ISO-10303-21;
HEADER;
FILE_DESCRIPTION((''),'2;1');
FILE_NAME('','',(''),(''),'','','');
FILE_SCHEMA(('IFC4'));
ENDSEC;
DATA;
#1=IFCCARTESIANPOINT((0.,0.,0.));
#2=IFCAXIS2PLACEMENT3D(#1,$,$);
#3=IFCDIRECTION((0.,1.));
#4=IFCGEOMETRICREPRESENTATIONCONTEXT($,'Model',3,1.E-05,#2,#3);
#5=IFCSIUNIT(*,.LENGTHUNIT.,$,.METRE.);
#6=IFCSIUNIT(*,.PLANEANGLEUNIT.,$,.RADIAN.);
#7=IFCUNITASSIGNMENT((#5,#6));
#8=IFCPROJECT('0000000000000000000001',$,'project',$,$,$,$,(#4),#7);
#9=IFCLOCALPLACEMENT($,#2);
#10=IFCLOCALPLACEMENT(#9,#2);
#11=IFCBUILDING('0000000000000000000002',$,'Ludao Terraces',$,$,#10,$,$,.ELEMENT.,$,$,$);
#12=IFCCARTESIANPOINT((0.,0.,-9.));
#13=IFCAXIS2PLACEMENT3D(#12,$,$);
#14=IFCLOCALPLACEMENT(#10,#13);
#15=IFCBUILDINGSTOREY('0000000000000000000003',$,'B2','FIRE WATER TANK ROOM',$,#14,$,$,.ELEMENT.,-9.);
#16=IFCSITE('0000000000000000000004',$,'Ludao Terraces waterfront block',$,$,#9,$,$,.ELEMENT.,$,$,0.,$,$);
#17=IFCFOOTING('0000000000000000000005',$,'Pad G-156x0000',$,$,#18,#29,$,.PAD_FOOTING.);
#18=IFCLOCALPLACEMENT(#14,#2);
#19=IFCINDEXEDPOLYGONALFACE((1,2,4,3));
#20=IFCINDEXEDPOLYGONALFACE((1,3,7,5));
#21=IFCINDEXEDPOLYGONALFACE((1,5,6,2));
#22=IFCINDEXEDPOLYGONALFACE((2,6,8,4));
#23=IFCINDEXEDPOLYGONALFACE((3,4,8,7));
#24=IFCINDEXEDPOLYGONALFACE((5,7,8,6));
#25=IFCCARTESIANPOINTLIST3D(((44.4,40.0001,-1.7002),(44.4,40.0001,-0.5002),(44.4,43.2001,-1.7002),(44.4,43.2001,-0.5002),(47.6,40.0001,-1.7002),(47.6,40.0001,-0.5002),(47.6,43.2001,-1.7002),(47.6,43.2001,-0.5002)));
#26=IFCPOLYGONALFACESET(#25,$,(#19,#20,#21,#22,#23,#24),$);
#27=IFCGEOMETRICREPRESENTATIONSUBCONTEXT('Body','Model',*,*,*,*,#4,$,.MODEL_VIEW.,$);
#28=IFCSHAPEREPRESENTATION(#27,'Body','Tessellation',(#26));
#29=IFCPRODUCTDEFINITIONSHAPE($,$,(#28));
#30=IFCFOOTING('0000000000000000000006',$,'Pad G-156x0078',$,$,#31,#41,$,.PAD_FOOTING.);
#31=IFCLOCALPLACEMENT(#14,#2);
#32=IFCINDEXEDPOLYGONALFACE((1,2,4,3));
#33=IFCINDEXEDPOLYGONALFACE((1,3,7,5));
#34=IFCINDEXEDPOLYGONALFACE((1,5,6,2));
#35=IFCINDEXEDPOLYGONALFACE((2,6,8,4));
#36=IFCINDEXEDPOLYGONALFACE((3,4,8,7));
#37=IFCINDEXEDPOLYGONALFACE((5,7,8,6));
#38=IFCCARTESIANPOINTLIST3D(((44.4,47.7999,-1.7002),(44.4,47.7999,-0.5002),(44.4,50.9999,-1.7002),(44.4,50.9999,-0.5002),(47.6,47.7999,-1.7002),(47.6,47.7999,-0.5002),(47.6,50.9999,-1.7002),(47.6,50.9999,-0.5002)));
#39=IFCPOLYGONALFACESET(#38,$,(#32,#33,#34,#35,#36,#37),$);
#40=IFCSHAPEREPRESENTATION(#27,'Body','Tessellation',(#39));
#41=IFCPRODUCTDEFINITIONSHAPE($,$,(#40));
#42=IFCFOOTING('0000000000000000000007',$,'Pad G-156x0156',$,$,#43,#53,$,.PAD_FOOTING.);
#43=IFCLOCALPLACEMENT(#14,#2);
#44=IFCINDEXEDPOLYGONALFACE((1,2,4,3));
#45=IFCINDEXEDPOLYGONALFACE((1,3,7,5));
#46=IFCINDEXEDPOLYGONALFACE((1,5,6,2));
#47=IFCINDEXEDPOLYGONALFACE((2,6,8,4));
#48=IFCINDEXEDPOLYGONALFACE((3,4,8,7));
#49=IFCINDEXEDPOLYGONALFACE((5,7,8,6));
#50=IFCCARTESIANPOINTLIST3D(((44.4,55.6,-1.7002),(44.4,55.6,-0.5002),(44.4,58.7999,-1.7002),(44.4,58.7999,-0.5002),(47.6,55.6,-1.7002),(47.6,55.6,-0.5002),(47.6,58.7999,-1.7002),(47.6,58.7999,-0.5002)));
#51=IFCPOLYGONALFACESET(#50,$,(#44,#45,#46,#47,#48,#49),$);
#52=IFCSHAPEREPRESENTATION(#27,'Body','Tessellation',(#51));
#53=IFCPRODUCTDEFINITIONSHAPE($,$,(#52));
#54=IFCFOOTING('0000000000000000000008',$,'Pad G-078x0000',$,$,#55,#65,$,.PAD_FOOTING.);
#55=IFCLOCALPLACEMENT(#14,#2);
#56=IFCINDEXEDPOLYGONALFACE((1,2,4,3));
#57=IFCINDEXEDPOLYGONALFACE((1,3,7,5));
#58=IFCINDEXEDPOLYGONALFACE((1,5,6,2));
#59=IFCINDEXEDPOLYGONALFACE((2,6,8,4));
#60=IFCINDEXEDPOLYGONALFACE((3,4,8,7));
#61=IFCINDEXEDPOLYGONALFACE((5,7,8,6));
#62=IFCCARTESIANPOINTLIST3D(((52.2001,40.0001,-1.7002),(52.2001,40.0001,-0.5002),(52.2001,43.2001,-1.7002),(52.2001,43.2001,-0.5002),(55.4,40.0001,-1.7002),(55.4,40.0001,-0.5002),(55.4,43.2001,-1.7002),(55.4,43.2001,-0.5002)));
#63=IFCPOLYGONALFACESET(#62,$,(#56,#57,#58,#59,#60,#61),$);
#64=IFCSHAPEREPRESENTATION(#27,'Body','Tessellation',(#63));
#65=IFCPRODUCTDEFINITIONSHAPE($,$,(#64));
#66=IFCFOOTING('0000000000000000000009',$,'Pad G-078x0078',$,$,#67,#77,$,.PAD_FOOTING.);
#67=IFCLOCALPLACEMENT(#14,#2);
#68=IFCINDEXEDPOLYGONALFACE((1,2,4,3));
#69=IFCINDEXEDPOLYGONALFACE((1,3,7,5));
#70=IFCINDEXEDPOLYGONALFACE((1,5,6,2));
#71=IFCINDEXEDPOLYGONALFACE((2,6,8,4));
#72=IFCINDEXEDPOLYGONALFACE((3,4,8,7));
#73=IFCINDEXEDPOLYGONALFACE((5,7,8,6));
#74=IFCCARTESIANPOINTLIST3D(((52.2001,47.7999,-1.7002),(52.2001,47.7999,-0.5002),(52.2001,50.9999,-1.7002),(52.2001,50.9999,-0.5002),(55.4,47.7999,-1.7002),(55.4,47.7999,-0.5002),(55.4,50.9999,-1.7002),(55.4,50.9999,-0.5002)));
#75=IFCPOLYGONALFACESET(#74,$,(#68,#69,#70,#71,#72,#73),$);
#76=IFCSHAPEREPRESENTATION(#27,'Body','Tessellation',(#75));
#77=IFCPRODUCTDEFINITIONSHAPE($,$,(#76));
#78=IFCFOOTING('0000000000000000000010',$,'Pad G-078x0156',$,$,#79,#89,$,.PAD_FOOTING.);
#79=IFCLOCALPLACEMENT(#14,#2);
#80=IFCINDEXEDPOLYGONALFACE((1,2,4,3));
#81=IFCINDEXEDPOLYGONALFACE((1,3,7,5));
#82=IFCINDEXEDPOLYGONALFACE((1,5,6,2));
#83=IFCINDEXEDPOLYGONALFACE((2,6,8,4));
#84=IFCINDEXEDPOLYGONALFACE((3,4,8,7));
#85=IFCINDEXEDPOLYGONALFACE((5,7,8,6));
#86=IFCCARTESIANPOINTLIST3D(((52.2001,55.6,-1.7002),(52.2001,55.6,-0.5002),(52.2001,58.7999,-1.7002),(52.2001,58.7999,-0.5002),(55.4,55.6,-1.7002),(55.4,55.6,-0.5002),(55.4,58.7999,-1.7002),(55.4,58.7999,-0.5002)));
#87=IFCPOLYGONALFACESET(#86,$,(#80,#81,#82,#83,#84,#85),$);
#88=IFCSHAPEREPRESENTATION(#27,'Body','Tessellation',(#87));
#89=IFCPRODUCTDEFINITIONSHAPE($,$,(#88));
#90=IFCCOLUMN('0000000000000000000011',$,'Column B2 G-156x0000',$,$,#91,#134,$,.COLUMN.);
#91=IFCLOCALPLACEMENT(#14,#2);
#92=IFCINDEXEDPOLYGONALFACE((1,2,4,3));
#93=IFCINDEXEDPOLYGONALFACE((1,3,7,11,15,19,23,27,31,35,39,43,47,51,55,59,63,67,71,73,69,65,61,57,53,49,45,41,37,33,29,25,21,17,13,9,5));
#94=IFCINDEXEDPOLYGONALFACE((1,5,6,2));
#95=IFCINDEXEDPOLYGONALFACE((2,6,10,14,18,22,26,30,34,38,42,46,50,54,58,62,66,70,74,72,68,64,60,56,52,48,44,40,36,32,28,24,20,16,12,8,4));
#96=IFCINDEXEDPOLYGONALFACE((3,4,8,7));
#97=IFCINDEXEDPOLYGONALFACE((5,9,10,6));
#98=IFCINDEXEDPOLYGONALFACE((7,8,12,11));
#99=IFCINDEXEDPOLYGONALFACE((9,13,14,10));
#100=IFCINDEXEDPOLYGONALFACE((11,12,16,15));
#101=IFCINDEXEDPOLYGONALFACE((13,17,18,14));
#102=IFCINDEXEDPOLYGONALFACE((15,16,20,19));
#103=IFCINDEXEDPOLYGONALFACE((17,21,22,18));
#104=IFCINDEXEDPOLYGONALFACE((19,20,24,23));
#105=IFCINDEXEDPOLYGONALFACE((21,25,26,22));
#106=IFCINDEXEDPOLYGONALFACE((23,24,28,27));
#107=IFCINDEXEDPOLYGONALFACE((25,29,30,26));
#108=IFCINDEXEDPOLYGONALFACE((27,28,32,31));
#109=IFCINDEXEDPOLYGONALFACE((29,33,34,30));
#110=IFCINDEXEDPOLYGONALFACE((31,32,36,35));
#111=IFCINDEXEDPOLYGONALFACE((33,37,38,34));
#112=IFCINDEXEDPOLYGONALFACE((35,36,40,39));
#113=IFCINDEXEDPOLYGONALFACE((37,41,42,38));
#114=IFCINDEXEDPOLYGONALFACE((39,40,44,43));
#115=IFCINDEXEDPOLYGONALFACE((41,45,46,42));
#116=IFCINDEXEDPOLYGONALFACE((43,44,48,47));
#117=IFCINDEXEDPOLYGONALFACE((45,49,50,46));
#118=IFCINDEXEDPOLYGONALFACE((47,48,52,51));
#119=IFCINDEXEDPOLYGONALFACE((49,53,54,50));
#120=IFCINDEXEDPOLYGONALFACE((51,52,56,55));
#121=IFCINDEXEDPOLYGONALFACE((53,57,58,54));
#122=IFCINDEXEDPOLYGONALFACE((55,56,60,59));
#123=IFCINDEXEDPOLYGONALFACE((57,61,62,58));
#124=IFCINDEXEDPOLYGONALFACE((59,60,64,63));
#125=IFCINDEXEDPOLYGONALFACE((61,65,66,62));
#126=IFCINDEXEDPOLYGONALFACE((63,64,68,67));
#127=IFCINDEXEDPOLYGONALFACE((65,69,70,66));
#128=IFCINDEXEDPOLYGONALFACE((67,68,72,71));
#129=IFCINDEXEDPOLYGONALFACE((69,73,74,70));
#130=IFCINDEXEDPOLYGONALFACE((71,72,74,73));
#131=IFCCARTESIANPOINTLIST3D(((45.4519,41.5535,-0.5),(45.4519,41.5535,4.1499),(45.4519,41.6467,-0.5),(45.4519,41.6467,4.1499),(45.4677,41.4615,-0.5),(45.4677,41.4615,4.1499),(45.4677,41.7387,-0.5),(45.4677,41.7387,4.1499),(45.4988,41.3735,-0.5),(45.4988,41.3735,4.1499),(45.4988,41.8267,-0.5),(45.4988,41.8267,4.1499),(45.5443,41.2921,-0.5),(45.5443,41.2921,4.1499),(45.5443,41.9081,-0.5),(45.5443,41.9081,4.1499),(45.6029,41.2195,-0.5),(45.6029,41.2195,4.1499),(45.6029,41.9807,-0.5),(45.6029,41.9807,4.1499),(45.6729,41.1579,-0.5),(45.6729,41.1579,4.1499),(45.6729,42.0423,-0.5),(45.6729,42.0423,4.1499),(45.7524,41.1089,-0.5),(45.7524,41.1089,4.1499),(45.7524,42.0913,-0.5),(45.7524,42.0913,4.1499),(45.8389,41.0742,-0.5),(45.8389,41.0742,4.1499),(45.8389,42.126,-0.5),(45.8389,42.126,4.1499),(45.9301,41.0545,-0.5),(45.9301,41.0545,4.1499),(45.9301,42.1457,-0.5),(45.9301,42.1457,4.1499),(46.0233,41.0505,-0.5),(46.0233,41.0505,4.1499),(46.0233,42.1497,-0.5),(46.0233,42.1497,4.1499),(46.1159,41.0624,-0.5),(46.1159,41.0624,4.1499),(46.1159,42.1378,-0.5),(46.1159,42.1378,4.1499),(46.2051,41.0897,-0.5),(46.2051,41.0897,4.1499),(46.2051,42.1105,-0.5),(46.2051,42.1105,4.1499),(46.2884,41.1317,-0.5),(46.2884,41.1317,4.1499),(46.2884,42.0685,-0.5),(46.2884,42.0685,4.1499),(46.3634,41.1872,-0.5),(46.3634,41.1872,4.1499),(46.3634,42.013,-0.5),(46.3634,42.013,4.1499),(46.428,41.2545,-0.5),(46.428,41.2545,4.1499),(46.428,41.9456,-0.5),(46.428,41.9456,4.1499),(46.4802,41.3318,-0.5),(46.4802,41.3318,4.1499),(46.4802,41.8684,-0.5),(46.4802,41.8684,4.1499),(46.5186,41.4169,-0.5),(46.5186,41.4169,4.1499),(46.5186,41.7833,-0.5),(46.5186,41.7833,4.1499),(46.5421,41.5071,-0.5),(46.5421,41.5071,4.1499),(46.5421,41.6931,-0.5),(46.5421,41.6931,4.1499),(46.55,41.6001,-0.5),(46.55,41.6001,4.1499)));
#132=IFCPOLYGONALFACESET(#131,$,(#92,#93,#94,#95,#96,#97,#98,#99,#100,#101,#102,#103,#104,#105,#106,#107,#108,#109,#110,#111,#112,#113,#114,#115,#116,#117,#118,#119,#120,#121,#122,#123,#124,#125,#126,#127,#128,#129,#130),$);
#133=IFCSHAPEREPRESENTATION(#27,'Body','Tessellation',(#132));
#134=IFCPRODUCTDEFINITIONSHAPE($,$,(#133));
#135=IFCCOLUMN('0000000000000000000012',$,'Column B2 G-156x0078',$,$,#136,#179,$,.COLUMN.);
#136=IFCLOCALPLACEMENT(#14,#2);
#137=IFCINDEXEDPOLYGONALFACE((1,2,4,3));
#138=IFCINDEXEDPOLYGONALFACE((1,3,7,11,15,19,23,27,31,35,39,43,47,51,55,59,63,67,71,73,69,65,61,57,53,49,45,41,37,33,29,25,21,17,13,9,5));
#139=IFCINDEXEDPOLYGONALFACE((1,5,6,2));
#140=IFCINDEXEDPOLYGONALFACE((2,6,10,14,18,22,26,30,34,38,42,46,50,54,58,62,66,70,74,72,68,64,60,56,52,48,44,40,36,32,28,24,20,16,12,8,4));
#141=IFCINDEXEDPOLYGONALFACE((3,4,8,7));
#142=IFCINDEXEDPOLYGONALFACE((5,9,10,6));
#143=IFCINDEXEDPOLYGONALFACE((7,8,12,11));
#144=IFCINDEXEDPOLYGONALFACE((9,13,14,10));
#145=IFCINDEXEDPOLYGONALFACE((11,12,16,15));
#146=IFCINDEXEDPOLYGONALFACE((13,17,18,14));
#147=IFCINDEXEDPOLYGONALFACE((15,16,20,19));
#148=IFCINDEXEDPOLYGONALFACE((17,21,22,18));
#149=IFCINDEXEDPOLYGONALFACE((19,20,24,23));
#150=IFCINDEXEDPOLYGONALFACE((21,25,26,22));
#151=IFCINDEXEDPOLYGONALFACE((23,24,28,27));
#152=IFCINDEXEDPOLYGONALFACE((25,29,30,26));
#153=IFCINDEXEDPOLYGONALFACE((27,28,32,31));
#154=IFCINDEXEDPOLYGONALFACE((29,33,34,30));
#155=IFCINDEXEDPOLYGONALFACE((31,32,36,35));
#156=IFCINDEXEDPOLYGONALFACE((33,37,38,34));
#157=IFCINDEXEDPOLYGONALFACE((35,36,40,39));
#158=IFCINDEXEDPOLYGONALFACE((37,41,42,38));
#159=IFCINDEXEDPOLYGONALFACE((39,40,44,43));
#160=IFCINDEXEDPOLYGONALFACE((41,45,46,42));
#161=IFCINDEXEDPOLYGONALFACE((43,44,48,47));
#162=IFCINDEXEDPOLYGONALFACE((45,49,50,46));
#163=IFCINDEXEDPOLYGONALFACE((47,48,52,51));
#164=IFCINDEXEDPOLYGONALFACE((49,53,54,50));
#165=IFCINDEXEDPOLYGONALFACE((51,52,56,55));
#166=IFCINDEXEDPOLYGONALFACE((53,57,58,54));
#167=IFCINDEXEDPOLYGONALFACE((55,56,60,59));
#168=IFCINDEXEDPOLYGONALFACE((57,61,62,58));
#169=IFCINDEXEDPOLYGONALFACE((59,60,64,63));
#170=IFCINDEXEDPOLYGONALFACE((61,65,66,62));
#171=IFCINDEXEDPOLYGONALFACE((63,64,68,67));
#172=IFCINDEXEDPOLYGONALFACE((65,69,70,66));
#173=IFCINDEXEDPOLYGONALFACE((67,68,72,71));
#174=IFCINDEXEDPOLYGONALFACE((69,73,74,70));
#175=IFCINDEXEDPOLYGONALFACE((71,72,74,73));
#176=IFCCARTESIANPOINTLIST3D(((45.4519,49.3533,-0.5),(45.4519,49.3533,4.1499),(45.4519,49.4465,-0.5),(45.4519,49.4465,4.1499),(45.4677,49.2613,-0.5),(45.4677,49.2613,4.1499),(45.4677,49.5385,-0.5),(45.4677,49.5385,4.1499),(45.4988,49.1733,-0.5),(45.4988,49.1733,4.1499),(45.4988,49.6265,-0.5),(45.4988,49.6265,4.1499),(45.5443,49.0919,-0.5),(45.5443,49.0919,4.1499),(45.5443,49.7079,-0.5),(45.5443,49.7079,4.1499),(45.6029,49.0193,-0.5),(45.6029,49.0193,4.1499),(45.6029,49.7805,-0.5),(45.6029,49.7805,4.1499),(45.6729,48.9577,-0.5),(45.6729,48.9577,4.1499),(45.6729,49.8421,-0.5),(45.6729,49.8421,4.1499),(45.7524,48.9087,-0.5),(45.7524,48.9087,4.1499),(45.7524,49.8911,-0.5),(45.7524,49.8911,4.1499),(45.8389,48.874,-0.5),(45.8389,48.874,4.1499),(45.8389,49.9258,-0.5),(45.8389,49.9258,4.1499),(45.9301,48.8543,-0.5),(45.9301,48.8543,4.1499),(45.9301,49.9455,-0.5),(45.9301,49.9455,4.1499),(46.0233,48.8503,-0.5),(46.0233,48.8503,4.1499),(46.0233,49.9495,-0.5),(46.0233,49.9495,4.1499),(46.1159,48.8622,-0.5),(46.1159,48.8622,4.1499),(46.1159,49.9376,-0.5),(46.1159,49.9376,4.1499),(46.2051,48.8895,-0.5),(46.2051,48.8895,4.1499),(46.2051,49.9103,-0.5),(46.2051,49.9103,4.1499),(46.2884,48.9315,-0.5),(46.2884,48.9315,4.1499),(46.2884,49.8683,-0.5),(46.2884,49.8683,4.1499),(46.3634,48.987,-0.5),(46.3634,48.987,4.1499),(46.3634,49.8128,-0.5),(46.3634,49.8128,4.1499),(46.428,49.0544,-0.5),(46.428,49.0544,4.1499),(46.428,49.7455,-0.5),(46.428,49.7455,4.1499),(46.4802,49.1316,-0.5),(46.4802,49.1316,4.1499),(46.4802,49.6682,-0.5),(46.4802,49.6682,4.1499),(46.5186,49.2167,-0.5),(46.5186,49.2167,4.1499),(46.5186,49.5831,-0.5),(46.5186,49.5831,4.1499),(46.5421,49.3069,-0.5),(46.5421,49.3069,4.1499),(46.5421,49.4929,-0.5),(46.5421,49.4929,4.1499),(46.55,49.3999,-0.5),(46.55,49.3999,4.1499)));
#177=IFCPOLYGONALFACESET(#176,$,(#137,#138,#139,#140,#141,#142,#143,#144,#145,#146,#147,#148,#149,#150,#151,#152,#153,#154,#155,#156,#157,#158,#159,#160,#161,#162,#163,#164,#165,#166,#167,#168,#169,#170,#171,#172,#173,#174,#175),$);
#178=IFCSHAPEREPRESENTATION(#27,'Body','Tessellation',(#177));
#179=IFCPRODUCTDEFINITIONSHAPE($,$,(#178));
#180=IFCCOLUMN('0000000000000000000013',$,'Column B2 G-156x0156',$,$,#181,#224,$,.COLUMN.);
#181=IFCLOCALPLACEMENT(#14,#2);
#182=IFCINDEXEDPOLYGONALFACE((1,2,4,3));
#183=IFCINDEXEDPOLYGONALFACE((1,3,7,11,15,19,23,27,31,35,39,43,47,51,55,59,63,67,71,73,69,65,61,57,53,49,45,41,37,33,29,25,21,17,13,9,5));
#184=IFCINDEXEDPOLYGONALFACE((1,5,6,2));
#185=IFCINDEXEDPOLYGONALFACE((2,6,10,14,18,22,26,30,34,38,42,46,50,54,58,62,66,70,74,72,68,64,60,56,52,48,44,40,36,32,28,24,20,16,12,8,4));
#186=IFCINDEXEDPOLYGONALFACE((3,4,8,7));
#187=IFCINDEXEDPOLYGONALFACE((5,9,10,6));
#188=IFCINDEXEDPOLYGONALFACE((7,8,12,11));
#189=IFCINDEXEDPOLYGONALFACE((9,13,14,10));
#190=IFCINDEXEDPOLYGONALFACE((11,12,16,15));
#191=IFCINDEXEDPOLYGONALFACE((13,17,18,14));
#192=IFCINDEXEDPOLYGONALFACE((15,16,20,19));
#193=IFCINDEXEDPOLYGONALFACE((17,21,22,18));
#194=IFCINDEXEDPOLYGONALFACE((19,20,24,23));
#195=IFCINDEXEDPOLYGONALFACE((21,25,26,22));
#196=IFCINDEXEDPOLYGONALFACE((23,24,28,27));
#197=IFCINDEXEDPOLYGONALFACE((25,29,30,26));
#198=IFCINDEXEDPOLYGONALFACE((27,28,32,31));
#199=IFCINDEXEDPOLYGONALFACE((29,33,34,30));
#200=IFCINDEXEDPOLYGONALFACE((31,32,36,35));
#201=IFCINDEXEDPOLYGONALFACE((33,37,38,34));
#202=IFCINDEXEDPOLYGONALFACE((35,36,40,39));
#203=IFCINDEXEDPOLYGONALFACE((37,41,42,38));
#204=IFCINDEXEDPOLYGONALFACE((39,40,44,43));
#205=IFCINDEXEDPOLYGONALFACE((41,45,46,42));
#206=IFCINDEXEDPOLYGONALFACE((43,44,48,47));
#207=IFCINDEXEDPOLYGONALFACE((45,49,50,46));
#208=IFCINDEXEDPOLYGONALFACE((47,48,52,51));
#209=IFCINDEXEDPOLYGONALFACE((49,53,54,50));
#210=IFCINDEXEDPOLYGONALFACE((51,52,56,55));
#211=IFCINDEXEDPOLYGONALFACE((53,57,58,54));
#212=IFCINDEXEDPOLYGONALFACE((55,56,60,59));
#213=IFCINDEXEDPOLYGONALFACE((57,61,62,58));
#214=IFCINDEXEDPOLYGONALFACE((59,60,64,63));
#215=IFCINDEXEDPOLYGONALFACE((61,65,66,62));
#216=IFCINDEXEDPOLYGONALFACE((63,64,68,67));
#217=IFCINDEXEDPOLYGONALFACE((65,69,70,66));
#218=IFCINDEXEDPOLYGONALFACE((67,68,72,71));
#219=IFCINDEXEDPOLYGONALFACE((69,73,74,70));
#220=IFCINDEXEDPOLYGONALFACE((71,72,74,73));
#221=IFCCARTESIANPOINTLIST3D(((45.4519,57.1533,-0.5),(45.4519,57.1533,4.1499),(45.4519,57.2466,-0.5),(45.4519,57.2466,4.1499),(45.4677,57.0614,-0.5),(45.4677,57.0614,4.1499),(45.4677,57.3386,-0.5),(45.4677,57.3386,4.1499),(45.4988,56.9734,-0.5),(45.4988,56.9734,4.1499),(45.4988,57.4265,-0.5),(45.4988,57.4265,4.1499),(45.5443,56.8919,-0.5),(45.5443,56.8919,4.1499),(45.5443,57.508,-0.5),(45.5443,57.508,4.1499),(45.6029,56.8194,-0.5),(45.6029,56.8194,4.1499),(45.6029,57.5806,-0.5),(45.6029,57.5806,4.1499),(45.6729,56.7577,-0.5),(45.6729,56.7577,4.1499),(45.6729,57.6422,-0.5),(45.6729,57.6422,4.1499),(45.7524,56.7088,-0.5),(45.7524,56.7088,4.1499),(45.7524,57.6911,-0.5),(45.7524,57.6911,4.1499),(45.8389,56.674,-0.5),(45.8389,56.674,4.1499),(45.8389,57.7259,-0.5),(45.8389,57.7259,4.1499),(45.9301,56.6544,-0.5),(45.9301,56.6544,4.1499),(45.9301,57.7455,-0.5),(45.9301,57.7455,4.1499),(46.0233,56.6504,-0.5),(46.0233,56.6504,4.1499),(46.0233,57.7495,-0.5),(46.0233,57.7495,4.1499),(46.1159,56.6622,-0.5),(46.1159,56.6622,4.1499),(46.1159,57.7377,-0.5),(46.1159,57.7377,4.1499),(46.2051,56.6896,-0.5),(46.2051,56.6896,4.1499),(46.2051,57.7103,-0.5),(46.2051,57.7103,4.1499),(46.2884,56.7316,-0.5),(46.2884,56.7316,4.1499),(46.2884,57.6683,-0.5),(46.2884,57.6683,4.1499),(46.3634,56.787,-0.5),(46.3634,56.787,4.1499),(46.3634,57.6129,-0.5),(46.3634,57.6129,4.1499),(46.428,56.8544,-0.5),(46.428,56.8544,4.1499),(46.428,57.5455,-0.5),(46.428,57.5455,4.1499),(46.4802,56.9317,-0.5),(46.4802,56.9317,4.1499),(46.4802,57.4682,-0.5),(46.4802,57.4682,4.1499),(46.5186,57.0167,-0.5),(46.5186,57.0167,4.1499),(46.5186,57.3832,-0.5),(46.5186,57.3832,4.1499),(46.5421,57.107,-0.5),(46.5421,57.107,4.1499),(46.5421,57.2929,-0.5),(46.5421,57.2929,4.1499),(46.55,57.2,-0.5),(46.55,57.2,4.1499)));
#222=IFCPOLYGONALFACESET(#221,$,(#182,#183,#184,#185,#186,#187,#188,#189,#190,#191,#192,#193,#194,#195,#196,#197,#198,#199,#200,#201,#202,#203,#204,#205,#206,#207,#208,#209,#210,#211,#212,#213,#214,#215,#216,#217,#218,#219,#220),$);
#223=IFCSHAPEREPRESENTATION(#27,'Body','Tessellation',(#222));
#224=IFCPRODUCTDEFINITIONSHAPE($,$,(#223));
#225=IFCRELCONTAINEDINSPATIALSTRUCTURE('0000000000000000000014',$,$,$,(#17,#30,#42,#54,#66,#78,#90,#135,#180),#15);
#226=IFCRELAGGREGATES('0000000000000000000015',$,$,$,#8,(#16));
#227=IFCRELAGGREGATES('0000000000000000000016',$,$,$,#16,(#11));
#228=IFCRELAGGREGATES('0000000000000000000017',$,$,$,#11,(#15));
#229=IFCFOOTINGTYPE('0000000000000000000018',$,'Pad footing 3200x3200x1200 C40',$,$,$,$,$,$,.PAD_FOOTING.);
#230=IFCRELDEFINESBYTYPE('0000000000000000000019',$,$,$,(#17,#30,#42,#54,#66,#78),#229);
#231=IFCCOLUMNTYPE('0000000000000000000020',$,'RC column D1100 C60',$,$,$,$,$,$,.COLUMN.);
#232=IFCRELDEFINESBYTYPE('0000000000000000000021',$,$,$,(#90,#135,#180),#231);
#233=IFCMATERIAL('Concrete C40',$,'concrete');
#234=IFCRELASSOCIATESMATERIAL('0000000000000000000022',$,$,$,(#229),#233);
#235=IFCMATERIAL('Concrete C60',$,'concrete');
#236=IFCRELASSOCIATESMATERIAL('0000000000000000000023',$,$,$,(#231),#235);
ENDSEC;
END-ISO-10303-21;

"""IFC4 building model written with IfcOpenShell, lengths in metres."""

from ifc_helpers import new_model, si_unit, direction, frame, origin, origin_2d, place, context, subcontext, project, spatial, rectangle, circle, extrude, material, material_profile, profile_set, type_object, element, save


model = new_model("IFC4")

# Units and contexts
model_context = context("Model", 3, precision=1e-05, world=origin(), true_north=direction((0.0, 1.0)))
body_context = subcontext(model_context, "Body", "Model", "MODEL_VIEW")
ifc_project = project(units=[si_unit("LENGTHUNIT", "METRE"), si_unit("PLANEANGLEUNIT", "RADIAN")], contexts=[model_context])

# Site, building, storey
site_placement = place(None, origin())
site = spatial("IfcSite", under=ifc_project, at=site_placement, Name="Ludao Terraces waterfront block", CompositionType="ELEMENT", RefElevation=0.0)
building_placement = place(site_placement, origin())
building = spatial("IfcBuilding", under=site, at=building_placement, Name="Ludao Terraces", CompositionType="ELEMENT")
storey_placement = place(building_placement, frame((0.0, 0.0, -9.0)))
storey = spatial("IfcBuildingStorey", under=building, at=storey_placement, Name="B2", Description="FIRE WATER TANK ROOM", CompositionType="ELEMENT", Elevation=-9.0)

# Footings
ifc_material_1 = material(Name="Concrete C40", Category="concrete")
footing_type = type_object("IfcFootingType", Name="Pad footing 3200x3200x1200 C40", PredefinedType="PAD_FOOTING", material=ifc_material_1)
for number, where, z_axis, x_axis, name in (
    (1, (46.0, 41.6001, -1.7002), (0.0, 0.0, 1.0), (1.0, 0.0, 0.0), "Pad G-156x0000"),
    (2, (46.0, 49.3999, -1.7002), (0.0, 0.0, 1.0), (1.0, 0.0, 0.0), "Pad G-156x0078"),
    (3, (46.0, 57.2, -1.7002), (0.0, 0.0, 1.0), (1.0, 0.0, 0.0), "Pad G-156x0156"),
    (4, (53.8, 41.6001, -1.7002), (0.0, 0.0, 1.0), (1.0, 0.0, 0.0), "Pad G-078x0000"),
    (5, (53.8, 49.3999, -1.7002), (0.0, 0.0, 1.0), (1.0, 0.0, 0.0), "Pad G-078x0078"),
    (6, (53.8, 57.2, -1.7002), (0.0, 0.0, 1.0), (1.0, 0.0, 0.0), "Pad G-078x0156"),
):
    element("IfcFooting", number, at=place(storey_placement, frame(where, z_axis=z_axis, x_axis=x_axis)), inside=storey, type_object=footing_type, Name=name, PredefinedType="PAD_FOOTING", context=body_context, shape_type="SweptSolid", body=[
        extrude(rectangle(XDim=3.2, YDim=3.2, at=origin_2d()), origin(), (0.0, 0.0, 1.0), 1.2),
    ])

# Columns
ifc_material_2 = material(Name="Concrete C60", Category="concrete")
ifc_material_profile = material_profile(ifc_material_2, circle(Radius=0.55, at=origin_2d()), Name="D1100")
ifc_profile_set = profile_set([ifc_material_profile], Name="Concrete C60")
column_type = type_object("IfcColumnType", Name="RC column D1100 C60", PredefinedType="COLUMN", material=ifc_profile_set)
for number, where, z_axis, x_axis, name in (
    (7, (46.0, 41.6001, -0.5), (0.0, 0.0, 1.0), (1.0, 0.0, 0.0), "Column B2 G-156x0000"),
    (8, (46.0, 49.3999, -0.5), (0.0, 0.0, 1.0), (1.0, 0.0, 0.0), "Column B2 G-156x0078"),
    (9, (46.0, 57.2, -0.5), (0.0, 0.0, 1.0), (1.0, 0.0, 0.0), "Column B2 G-156x0156"),
):
    element("IfcColumn", number, at=place(storey_placement, frame(where, z_axis=z_axis, x_axis=x_axis)), inside=storey, type_object=column_type, Name=name, PredefinedType="COLUMN", context=body_context, shape_type="SweptSolid", body=[
        extrude(circle(Radius=0.55, at=origin_2d()), origin(), (0.0, 0.0, 1.0), 4.6499),
    ])

save(model, "model.ifc")
